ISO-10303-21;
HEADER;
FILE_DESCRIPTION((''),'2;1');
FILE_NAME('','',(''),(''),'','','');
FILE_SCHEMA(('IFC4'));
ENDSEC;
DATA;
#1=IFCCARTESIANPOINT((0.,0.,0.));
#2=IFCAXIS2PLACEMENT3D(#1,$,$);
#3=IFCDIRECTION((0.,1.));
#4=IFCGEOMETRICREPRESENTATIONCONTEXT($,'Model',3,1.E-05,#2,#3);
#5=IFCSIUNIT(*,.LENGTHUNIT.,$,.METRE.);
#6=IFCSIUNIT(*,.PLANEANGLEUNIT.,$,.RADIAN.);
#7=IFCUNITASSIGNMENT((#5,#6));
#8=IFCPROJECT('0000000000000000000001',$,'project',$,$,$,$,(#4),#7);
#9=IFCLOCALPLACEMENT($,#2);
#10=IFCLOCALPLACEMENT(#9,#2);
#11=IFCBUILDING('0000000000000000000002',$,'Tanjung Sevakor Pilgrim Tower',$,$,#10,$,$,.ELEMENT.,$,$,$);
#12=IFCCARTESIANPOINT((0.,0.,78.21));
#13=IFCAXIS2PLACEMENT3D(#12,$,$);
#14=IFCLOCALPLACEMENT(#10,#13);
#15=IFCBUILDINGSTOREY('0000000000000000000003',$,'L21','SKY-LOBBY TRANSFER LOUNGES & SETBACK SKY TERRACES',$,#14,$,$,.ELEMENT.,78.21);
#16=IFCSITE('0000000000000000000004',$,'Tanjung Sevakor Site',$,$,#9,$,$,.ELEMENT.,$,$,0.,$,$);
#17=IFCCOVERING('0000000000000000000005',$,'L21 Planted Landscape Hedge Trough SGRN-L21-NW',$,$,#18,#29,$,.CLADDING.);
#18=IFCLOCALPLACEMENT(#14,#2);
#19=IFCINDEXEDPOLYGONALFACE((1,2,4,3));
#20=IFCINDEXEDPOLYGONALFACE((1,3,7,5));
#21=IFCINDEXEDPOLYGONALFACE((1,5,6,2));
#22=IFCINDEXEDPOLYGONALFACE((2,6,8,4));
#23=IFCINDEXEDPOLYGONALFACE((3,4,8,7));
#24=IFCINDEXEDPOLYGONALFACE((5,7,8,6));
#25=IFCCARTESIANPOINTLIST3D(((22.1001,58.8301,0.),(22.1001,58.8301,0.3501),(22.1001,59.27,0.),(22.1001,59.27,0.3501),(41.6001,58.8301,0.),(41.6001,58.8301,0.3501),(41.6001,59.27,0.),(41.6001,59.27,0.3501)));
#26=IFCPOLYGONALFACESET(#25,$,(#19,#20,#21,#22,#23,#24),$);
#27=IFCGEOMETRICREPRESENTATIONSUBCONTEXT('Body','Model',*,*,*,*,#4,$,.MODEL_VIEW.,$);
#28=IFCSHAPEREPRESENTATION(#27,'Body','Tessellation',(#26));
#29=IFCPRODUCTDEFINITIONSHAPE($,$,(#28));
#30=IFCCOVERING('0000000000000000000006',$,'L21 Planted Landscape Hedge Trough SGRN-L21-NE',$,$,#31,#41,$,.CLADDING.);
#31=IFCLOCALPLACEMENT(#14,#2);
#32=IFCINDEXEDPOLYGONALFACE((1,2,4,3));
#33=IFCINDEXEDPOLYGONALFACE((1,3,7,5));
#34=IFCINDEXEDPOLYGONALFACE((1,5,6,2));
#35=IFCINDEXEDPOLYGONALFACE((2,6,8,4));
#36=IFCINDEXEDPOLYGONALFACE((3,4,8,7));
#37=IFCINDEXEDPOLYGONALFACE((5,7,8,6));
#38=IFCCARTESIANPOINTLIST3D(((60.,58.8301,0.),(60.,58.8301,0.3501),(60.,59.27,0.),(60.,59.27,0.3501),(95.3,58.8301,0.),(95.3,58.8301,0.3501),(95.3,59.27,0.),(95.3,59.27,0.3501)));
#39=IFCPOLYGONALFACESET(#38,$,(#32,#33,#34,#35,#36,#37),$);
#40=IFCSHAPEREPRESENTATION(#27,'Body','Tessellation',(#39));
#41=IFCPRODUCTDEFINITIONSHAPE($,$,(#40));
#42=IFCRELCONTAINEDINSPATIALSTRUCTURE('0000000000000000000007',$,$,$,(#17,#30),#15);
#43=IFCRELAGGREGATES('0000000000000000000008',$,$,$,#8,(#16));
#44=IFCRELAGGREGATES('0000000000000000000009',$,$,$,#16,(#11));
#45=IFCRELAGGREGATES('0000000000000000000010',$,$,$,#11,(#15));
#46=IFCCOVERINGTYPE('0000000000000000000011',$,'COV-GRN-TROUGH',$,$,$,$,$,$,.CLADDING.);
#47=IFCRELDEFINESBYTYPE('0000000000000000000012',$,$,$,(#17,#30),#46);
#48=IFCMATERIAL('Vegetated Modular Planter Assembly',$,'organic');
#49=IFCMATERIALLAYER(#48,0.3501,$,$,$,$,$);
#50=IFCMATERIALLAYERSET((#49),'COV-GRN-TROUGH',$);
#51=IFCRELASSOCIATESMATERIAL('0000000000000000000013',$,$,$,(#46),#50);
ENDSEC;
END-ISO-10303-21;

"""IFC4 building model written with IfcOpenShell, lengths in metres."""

from ifc_helpers import new_model, si_unit, direction, frame, origin, place, context, subcontext, project, spatial, polyline, outline, extrude, material, layer, layer_set, type_object, element, save


model = new_model("IFC4")

# Units and contexts
model_context = context("Model", 3, precision=1e-05, world=origin(), true_north=direction((0.0, 1.0)))
body_context = subcontext(model_context, "Body", "Model", "MODEL_VIEW")
ifc_project = project(units=[si_unit("LENGTHUNIT", "METRE"), si_unit("PLANEANGLEUNIT", "RADIAN")], contexts=[model_context])

# Site, building, storey
site_placement = place(None, origin())
site = spatial("IfcSite", under=ifc_project, at=site_placement, Name="Tanjung Sevakor Site", CompositionType="ELEMENT", RefElevation=0.0)
building_placement = place(site_placement, origin())
building = spatial("IfcBuilding", under=site, at=building_placement, Name="Tanjung Sevakor Pilgrim Tower", CompositionType="ELEMENT")
storey_placement = place(building_placement, frame((0.0, 0.0, 78.21)))
storey = spatial("IfcBuildingStorey", under=building, at=storey_placement, Name="L21", Description="SKY-LOBBY TRANSFER LOUNGES & SETBACK SKY TERRACES", CompositionType="ELEMENT", Elevation=78.21)

# Coverings
ifc_material_1 = material(Name="Vegetated Modular Planter Assembly", Category="organic")
ifc_layer_1 = layer(ifc_material_1, 0.3501)
ifc_layer_set_1 = layer_set([ifc_layer_1], Name="COV-GRN-TROUGH")
covering_type_1 = type_object("IfcCoveringType", Name="COV-GRN-TROUGH", PredefinedType="CLADDING", material=ifc_layer_set_1)
covering_1_placement = place(storey_placement, origin())
element("IfcCovering", 1, at=covering_1_placement, inside=storey, type_object=covering_type_1, Name="L21 Planted Landscape Hedge Trough SGRN-L21-NW", PredefinedType="CLADDING", context=body_context, shape_type="SweptSolid", body=[
    extrude(outline(polyline([(22.1001, 58.8301), (41.6001, 58.8301), (41.6001, 59.27), (22.1001, 59.27), (22.1001, 58.8301)])), origin(), (0.0, 0.0, 1.0), 0.3501),
])
covering_2_placement = place(storey_placement, origin())
element("IfcCovering", 2, at=covering_2_placement, inside=storey, type_object=covering_type_1, Name="L21 Planted Landscape Hedge Trough SGRN-L21-NE", PredefinedType="CLADDING", context=body_context, shape_type="SweptSolid", body=[
    extrude(outline(polyline([(60.0, 58.8301), (95.3, 58.8301), (95.3, 59.27), (60.0, 59.27), (60.0, 58.8301)])), origin(), (0.0, 0.0, 1.0), 0.3501),
])

save(model, "model.ifc")
